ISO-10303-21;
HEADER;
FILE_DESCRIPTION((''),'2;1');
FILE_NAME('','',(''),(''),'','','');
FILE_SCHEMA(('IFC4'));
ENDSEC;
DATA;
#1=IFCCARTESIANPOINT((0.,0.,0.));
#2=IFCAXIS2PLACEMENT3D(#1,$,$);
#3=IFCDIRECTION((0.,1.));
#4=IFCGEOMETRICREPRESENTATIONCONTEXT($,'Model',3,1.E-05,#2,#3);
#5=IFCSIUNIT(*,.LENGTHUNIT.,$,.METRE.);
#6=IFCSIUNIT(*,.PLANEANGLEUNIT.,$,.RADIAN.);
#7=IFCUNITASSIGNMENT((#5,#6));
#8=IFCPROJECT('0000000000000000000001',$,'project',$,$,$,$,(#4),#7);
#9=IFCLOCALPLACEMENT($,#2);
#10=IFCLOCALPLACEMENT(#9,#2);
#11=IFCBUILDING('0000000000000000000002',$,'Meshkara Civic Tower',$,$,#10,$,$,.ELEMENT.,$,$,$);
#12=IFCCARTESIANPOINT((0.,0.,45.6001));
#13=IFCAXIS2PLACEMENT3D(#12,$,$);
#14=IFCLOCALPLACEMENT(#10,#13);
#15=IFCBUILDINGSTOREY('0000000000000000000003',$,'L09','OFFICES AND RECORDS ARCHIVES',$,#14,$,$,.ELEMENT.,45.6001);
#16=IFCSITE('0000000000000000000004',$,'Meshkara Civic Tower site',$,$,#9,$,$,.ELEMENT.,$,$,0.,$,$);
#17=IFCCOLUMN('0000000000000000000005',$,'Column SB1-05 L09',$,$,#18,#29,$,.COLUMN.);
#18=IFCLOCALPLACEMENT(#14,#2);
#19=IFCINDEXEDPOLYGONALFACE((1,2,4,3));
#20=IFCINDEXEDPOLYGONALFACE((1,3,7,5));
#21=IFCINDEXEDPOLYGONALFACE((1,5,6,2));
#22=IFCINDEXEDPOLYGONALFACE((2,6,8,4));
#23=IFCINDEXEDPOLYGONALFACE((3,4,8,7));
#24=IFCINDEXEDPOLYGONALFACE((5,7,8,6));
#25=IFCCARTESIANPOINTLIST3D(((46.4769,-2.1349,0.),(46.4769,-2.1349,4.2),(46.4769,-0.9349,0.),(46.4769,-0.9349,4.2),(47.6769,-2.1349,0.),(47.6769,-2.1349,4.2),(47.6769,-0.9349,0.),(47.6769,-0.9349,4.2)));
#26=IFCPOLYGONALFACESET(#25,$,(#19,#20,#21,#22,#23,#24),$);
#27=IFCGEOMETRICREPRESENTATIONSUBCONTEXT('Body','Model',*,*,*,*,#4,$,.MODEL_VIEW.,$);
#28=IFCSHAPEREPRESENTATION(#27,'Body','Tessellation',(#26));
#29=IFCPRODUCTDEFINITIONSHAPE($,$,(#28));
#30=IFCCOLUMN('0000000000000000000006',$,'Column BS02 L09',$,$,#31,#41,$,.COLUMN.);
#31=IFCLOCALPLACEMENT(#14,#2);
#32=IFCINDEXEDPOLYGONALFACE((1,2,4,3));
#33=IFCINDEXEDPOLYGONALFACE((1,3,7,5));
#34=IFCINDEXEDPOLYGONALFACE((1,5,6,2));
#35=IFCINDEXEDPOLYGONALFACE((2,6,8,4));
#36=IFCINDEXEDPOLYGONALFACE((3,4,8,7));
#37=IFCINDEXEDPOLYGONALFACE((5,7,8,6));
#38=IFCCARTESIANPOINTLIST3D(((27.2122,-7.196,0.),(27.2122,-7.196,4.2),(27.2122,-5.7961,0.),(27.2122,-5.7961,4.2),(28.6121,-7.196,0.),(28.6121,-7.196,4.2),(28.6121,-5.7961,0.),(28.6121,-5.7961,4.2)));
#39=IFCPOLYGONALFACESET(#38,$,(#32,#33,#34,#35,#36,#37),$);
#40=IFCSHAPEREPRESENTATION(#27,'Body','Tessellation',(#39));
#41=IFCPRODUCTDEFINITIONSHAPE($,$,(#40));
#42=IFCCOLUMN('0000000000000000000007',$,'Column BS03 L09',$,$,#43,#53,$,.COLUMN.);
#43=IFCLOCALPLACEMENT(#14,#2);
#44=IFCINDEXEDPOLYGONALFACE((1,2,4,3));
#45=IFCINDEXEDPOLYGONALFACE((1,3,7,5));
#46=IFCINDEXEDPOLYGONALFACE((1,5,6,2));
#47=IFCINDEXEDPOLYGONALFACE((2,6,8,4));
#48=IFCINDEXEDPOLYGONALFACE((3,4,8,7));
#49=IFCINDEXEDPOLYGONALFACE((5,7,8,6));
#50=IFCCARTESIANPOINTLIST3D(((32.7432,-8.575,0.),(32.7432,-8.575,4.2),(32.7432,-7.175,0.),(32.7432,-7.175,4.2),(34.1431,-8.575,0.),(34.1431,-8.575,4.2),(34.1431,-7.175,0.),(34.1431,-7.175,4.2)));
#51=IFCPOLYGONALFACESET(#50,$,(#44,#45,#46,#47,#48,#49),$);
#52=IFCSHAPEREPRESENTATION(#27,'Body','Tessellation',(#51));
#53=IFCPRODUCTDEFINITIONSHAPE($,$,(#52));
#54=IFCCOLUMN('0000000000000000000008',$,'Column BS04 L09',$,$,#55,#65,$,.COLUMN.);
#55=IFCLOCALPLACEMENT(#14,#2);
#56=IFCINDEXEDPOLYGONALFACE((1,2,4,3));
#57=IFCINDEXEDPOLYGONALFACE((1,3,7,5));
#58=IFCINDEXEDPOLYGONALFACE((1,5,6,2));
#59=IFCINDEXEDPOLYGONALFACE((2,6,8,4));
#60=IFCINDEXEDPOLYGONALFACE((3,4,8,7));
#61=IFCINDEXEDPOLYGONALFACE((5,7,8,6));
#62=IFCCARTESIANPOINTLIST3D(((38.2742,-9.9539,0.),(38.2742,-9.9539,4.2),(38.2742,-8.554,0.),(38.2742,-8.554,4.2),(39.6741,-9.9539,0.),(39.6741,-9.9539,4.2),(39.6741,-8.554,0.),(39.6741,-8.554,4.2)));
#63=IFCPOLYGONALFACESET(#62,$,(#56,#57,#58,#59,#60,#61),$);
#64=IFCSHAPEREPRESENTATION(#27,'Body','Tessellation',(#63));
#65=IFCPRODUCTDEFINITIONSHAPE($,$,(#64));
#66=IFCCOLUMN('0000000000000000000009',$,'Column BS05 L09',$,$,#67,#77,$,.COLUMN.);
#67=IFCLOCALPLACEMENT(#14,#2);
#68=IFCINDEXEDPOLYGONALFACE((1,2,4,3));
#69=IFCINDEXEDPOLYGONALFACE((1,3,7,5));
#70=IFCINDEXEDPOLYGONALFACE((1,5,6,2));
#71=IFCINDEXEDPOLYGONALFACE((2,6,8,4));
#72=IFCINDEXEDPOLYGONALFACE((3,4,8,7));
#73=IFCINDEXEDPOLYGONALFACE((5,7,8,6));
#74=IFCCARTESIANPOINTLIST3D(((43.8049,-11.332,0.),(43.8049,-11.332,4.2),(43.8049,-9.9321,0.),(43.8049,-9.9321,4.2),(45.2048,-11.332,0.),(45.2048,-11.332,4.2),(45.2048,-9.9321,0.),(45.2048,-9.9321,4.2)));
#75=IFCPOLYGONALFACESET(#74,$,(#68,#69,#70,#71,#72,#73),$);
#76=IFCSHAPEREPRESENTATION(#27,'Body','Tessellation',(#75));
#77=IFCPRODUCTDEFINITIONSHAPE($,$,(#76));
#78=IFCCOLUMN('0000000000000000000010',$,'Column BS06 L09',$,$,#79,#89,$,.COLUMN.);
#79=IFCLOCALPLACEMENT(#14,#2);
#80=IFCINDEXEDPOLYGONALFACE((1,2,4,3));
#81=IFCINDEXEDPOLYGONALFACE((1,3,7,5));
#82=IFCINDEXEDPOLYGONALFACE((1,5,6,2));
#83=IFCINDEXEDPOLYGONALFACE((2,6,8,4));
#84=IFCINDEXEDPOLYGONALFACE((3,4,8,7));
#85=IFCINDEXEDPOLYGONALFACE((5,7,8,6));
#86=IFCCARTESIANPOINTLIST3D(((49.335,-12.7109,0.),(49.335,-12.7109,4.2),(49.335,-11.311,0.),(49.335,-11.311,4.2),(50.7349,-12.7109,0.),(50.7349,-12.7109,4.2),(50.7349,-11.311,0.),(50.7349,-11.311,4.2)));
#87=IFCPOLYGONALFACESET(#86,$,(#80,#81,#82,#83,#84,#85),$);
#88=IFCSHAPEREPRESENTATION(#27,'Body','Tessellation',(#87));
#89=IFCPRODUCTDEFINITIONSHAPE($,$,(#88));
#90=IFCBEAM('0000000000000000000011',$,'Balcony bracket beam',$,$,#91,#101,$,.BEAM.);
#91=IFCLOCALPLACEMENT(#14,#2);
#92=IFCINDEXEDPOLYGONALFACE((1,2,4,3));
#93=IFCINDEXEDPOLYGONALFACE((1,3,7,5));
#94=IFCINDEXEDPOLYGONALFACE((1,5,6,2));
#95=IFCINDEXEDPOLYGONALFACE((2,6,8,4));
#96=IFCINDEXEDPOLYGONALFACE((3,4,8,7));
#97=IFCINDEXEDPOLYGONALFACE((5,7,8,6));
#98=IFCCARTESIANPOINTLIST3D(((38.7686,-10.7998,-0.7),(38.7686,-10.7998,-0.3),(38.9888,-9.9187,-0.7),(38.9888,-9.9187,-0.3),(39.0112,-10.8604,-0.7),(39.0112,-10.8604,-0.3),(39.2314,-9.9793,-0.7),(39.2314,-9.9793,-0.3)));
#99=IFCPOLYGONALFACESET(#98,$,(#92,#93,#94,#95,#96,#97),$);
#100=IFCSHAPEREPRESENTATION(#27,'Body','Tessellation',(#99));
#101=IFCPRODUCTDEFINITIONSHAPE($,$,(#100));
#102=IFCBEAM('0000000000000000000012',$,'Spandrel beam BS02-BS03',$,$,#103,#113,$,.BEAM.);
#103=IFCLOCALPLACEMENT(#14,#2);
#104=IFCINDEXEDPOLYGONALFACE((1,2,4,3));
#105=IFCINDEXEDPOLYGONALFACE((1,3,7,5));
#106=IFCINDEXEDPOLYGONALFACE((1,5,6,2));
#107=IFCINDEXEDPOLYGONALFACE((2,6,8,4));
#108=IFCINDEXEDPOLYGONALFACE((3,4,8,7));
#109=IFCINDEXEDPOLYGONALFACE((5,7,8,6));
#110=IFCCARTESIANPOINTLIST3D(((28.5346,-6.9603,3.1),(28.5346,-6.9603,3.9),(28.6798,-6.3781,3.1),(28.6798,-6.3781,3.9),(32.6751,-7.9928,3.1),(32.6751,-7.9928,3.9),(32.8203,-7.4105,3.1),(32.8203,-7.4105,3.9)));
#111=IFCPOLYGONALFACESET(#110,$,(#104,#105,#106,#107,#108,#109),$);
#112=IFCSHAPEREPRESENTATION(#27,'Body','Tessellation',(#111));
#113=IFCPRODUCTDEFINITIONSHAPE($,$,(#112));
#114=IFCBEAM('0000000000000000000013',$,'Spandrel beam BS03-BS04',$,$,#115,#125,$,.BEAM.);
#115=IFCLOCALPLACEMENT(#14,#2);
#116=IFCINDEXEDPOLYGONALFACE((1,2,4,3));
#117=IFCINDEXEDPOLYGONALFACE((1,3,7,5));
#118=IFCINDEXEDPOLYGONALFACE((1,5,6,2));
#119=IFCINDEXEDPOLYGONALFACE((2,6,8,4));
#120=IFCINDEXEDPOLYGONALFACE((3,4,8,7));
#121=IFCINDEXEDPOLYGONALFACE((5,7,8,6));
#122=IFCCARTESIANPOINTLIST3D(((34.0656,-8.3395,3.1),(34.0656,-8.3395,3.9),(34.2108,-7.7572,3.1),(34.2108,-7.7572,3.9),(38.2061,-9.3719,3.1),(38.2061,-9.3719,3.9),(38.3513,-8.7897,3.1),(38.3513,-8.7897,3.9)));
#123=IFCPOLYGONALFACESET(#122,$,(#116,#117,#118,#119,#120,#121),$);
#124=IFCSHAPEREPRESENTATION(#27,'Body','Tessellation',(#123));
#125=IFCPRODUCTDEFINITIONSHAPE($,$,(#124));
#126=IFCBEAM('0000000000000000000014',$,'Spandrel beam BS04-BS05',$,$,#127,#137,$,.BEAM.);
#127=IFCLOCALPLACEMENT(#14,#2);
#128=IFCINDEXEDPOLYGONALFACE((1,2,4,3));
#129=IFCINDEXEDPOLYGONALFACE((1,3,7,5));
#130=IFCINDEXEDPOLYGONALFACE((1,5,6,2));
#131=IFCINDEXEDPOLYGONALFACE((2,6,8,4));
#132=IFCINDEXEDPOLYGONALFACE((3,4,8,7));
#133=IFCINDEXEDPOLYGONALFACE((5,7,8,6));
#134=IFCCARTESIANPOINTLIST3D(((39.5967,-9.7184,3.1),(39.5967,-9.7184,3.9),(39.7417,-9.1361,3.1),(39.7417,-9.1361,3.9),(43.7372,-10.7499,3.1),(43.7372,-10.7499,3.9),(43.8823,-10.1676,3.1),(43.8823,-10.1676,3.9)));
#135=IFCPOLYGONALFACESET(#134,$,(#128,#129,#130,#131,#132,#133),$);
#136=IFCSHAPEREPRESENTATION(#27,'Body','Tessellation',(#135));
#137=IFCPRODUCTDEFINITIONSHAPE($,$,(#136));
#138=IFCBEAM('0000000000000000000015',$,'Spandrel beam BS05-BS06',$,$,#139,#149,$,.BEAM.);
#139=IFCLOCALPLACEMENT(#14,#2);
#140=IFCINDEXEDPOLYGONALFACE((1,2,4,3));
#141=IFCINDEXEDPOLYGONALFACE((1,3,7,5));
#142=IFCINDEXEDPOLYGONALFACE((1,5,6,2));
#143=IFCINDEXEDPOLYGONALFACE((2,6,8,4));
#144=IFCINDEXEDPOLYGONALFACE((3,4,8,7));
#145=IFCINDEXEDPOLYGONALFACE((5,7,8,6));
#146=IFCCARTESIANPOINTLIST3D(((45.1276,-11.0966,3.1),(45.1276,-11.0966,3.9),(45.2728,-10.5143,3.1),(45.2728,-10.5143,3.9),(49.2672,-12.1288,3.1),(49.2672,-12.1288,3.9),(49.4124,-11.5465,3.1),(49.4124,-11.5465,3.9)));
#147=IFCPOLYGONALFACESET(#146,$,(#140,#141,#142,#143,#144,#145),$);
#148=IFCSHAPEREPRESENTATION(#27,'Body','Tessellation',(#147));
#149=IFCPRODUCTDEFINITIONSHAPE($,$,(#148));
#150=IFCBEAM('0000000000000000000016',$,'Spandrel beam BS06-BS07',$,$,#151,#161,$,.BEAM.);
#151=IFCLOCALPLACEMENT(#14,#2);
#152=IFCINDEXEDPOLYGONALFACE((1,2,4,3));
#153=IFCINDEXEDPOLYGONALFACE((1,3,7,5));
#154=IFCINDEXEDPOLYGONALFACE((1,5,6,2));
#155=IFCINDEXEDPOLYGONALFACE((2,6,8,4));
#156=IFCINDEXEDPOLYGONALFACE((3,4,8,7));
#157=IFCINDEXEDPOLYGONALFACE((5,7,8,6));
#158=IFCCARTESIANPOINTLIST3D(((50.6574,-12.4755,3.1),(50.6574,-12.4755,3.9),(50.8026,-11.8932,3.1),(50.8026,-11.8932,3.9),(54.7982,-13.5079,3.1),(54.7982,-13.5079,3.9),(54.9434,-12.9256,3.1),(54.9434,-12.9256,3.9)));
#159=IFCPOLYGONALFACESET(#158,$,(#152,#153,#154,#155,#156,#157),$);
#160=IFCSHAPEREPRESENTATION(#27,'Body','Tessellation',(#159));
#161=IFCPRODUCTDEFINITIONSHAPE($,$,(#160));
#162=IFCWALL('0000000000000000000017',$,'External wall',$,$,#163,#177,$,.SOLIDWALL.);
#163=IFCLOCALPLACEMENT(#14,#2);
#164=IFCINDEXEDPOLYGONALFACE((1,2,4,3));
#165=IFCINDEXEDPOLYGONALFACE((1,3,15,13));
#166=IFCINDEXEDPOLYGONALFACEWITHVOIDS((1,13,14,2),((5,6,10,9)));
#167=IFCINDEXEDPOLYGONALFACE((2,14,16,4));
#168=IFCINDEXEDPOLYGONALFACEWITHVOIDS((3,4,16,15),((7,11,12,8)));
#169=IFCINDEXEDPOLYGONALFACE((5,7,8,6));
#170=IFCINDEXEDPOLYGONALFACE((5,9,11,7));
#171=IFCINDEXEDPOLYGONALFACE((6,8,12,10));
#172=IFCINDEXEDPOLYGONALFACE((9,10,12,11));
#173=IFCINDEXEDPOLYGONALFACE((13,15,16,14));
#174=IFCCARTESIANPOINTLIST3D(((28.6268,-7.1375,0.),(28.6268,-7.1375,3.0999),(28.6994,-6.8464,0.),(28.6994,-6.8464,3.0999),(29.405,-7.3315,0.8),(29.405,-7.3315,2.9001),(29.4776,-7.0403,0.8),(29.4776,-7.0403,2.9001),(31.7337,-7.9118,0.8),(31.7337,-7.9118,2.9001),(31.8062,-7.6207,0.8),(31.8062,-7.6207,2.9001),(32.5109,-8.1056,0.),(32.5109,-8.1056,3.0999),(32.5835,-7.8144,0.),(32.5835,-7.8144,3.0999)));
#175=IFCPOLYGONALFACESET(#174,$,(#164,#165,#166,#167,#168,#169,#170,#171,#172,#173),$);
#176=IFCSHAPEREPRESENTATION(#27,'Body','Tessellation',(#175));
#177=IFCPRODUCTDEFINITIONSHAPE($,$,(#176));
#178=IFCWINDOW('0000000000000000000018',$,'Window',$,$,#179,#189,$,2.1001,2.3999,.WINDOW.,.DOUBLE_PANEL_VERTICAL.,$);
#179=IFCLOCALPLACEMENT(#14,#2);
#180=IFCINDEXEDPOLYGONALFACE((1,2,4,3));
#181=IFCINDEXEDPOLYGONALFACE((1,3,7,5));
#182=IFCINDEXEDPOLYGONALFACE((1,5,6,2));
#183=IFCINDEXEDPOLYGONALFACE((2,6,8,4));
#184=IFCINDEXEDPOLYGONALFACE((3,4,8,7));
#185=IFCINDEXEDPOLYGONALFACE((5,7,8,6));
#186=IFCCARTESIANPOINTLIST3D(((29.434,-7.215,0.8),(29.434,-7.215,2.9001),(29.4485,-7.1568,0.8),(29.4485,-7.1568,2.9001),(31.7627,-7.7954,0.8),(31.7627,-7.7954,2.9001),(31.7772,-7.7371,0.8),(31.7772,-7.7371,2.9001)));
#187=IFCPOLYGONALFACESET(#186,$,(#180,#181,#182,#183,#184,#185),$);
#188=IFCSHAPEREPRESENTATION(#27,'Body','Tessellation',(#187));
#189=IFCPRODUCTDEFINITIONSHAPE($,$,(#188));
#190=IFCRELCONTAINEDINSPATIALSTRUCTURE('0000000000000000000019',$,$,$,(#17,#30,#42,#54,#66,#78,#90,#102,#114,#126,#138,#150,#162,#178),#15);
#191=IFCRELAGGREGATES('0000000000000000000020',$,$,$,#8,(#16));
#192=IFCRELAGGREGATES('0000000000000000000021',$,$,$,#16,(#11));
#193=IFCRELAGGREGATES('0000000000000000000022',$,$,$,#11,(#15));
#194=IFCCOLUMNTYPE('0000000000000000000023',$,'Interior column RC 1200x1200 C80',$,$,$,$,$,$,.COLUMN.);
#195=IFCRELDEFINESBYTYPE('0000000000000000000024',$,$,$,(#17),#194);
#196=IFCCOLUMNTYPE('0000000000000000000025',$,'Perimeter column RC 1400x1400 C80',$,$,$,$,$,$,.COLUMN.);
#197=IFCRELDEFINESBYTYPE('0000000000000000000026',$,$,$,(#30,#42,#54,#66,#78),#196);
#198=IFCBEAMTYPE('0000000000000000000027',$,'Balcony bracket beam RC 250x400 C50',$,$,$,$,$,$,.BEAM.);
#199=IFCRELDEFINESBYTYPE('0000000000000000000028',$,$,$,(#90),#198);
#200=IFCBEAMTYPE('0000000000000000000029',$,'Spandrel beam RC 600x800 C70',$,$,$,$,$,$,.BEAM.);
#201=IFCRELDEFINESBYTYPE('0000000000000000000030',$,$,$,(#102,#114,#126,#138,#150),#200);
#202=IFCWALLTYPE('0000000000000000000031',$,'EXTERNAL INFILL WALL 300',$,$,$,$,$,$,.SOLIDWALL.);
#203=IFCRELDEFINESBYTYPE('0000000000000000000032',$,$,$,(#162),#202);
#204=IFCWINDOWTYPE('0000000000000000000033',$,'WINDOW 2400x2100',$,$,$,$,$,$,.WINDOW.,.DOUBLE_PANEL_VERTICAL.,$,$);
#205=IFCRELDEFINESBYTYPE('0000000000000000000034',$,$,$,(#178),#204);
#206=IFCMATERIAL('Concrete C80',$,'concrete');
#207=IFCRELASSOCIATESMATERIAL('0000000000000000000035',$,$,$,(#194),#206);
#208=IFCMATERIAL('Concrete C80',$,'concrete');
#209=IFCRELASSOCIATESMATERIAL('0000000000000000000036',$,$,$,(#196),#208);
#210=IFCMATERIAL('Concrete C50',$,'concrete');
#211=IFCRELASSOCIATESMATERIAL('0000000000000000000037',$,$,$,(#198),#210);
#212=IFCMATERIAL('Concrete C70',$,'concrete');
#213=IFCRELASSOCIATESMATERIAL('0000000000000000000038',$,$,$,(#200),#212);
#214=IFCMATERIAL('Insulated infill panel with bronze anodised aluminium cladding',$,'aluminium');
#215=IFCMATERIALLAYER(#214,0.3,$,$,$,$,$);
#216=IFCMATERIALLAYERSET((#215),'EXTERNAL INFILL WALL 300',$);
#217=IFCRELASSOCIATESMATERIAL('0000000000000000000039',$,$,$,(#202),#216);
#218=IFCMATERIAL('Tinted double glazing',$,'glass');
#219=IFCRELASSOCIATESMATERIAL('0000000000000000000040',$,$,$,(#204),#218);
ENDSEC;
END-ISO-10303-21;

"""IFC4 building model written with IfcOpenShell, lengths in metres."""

from ifc_helpers import new_model, si_unit, direction, frame, frame_2d, origin, origin_2d, place, context, subcontext, project, spatial, rectangle, extrude, material, layer, layer_set, material_profile, profile_set, type_object, element, fill, save


model = new_model("IFC4")

# Units and contexts
model_context = context("Model", 3, precision=1e-05, world=origin(), true_north=direction((0.0, 1.0)))
body_context = subcontext(model_context, "Body", "Model", "MODEL_VIEW")
ifc_project = project(units=[si_unit("LENGTHUNIT", "METRE"), si_unit("PLANEANGLEUNIT", "RADIAN")], contexts=[model_context])

# Site, building, storey
site_placement = place(None, origin())
site = spatial("IfcSite", under=ifc_project, at=site_placement, Name="Meshkara Civic Tower site", CompositionType="ELEMENT", RefElevation=0.0)
building_placement = place(site_placement, origin())
building = spatial("IfcBuilding", under=site, at=building_placement, Name="Meshkara Civic Tower", CompositionType="ELEMENT")
storey_placement = place(building_placement, frame((0.0, 0.0, 45.6001)))
storey = spatial("IfcBuildingStorey", under=building, at=storey_placement, Name="L09", Description="OFFICES AND RECORDS ARCHIVES", CompositionType="ELEMENT", Elevation=45.6001)

# Columns
ifc_material_1 = material(Name="Concrete C80", Category="concrete")
ifc_material_profile_1 = material_profile(ifc_material_1, rectangle(XDim=1.2, YDim=1.2, at=origin_2d()))
ifc_profile_set_1 = profile_set([ifc_material_profile_1], Name="Concrete C80")
column_type_1 = type_object("IfcColumnType", Name="Interior column RC 1200x1200 C80", PredefinedType="COLUMN", material=ifc_profile_set_1)
column_placement = place(storey_placement, frame((47.0769, -1.5349, 0.0), z_axis=(0.0, 0.0, 1.0), x_axis=(1.0, 0.0, 0.0)))
element("IfcColumn", 1, at=column_placement, inside=storey, type_object=column_type_1, Name="Column SB1-05 L09", PredefinedType="COLUMN", context=body_context, shape_type="SweptSolid", body=[
    extrude(rectangle(XDim=1.2, YDim=1.2, at=origin_2d()), origin(), (0.0, 0.0, 1.0), 4.2),
])
ifc_material_2 = material(Name="Concrete C80", Category="concrete")
ifc_material_profile_2 = material_profile(ifc_material_2, rectangle(XDim=1.3999, YDim=1.3999, at=origin_2d()))
ifc_profile_set_2 = profile_set([ifc_material_profile_2], Name="Concrete C80")
column_type_2 = type_object("IfcColumnType", Name="Perimeter column RC 1400x1400 C80", PredefinedType="COLUMN", material=ifc_profile_set_2)
for number, where, z_axis, x_axis, name in (
    (2, (27.9121, -6.4961, 0.0), (0.0, 0.0, 1.0), (1.0, 0.0, 0.0), "Column BS02 L09"),
    (3, (33.4431, -7.875, 0.0), (0.0, 0.0, 1.0), (1.0, 0.0, 0.0), "Column BS03 L09"),
    (4, (38.9741, -9.2539, 0.0), (0.0, 0.0, 1.0), (1.0, 0.0, 0.0), "Column BS04 L09"),
    (5, (44.5049, -10.6321, 0.0), (0.0, 0.0, 1.0), (1.0, 0.0, 0.0), "Column BS05 L09"),
    (6, (50.0349, -12.011, 0.0), (0.0, 0.0, 1.0), (1.0, 0.0, 0.0), "Column BS06 L09"),
):
    element("IfcColumn", number, at=place(storey_placement, frame(where, z_axis=z_axis, x_axis=x_axis)), inside=storey, type_object=column_type_2, Name=name, PredefinedType="COLUMN", context=body_context, shape_type="SweptSolid", body=[
        extrude(rectangle(XDim=1.3999, YDim=1.3999, at=origin_2d()), origin(), (0.0, 0.0, 1.0), 4.2),
    ])

# Beams
ifc_material_3 = material(Name="Concrete C50", Category="concrete")
ifc_material_profile_3 = material_profile(ifc_material_3, rectangle(XDim=0.25, YDim=0.3999, at=origin_2d()))
ifc_profile_set_3 = profile_set([ifc_material_profile_3], Name="Concrete C50")
beam_type_1 = type_object("IfcBeamType", Name="Balcony bracket beam RC 250x400 C50", PredefinedType="BEAM", material=ifc_profile_set_3)
beam_1_placement = place(storey_placement, frame((39.1101, -9.949, -0.5), z_axis=(-0.242472, -0.970158, 0.0), x_axis=(0.970158, -0.242472, 0.0)))
element("IfcBeam", 7, at=beam_1_placement, inside=storey, type_object=beam_type_1, Name="Balcony bracket beam", PredefinedType="BEAM", context=body_context, shape_type="SweptSolid", body=[
    extrude(rectangle(XDim=0.25, YDim=0.3999, at=origin_2d()), origin(), (0.0, 0.0, 1.0), 0.9082),
])
ifc_material_4 = material(Name="Concrete C70", Category="concrete")
ifc_material_profile_4 = material_profile(ifc_material_4, rectangle(XDim=0.6001, YDim=0.8, at=origin_2d()))
ifc_profile_set_4 = profile_set([ifc_material_profile_4], Name="Concrete C70")
beam_type_2 = type_object("IfcBeamType", Name="Spandrel beam RC 600x800 C70", PredefinedType="BEAM", material=ifc_profile_set_4)
for number, where, z_axis, x_axis, name in (
    (8, (28.6072, -6.6692, 3.5), (0.97029, -0.241943, 0.0), (0.241943, 0.97029, 0.0), "Spandrel beam BS02-BS03"),
    (9, (34.1382, -8.0483, 3.5), (0.97029, -0.241943, 0.0), (0.241943, 0.97029, 0.0), "Spandrel beam BS03-BS04"),
):
    element("IfcBeam", number, at=place(storey_placement, frame(where, z_axis=z_axis, x_axis=x_axis)), inside=storey, type_object=beam_type_2, Name=name, PredefinedType="BEAM", context=body_context, shape_type="SweptSolid", body=[
        extrude(rectangle(XDim=0.6001, YDim=0.8, at=origin_2d()), origin(), (0.0, 0.0, 1.0), 4.2673),
    ])
beam_2_placement = place(storey_placement, frame((39.6692, -9.4272, 3.5), z_axis=(0.970344, -0.241728, 0.0), x_axis=(0.241728, 0.970344, 0.0)))
element("IfcBeam", 10, at=beam_2_placement, inside=storey, type_object=beam_type_2, Name="Spandrel beam BS04-BS05", PredefinedType="BEAM", context=body_context, shape_type="SweptSolid", body=[
    extrude(rectangle(XDim=0.6001, YDim=0.8, at=origin_2d()), origin(), (0.0, 0.0, 1.0), 4.2671),
])
beam_3_placement = place(storey_placement, frame((45.2002, -10.8054, 3.5), z_axis=(0.97029, -0.241943, 0.0), x_axis=(0.241943, 0.97029, 0.0)))
element("IfcBeam", 11, at=beam_3_placement, inside=storey, type_object=beam_type_2, Name="Spandrel beam BS05-BS06", PredefinedType="BEAM", context=body_context, shape_type="SweptSolid", body=[
    extrude(rectangle(XDim=0.6001, YDim=0.8, at=origin_2d()), origin(), (0.0, 0.0, 1.0), 4.2664),
])
beam_4_placement = place(storey_placement, frame((50.73, -12.1843, 3.5), z_axis=(0.970294, -0.24193, 0.0), x_axis=(0.24193, 0.970294, 0.0)))
element("IfcBeam", 12, at=beam_4_placement, inside=storey, type_object=beam_type_2, Name="Spandrel beam BS06-BS07", PredefinedType="BEAM", context=body_context, shape_type="SweptSolid", body=[
    extrude(rectangle(XDim=0.6001, YDim=0.8, at=origin_2d()), origin(), (0.0, 0.0, 1.0), 4.2676),
])

# Wall, opening, window
ifc_material_5 = material(Name="Insulated infill panel with bronze anodised aluminium cladding", Category="aluminium")
ifc_layer_1 = layer(ifc_material_5, 0.3)
ifc_layer_set_1 = layer_set([ifc_layer_1], Name="EXTERNAL INFILL WALL 300")
wall_type_1 = type_object("IfcWallType", Name="EXTERNAL INFILL WALL 300", PredefinedType="SOLIDWALL", material=ifc_layer_set_1)
wall_1_placement = place(storey_placement, frame((28.6631, -6.9919, 0.0), z_axis=(0.0, 0.0, 1.0), x_axis=(0.970318, -0.241832, 0.0)))
wall_1 = element("IfcWall", 13, at=wall_1_placement, inside=storey, type_object=wall_type_1, Name="External wall", PredefinedType="SOLIDWALL", context=body_context, shape_type="SweptSolid", body=[
    extrude(rectangle(XDim=4.0029, YDim=0.3, at=frame_2d((2.0015, 0.0))), origin(), (0.0, 0.0, 1.0), 3.0999),
])
opening_1_placement = place(wall_1_placement, frame((0.802, 0.0, 0.8)))
opening_1 = element("IfcOpeningElement", 14, at=opening_1_placement, cuts=wall_1, PredefinedType="OPENING", context=body_context, shape_type="SweptSolid", body=[
    extrude(rectangle(XDim=2.3999, YDim=2.1001, at=frame_2d((1.2, 1.05))), frame((0.0, 0.1599, 0.0), z_axis=(0.0, -1.0, 0.0), x_axis=(1.0, 0.0, 0.0)), (0.0, 0.0, 1.0), 0.3201),
])
ifc_material_6 = material(Name="Tinted double glazing", Category="glass")
window_type = type_object("IfcWindowType", Name="WINDOW 2400x2100", PartitioningType="DOUBLE_PANEL_VERTICAL", PredefinedType="WINDOW", material=ifc_material_6)
window_1_placement = place(opening_1_placement, origin())
window_1 = element("IfcWindow", 15, at=window_1_placement, inside=storey, type_object=window_type, Name="Window", OverallHeight=2.1001, OverallWidth=2.3999, PartitioningType="DOUBLE_PANEL_VERTICAL", PredefinedType="WINDOW", context=body_context, shape_type="SweptSolid", body=[
    extrude(rectangle(XDim=2.3999, YDim=2.1001, at=frame_2d((1.2, 1.05))), frame((0.0, 0.03, 0.0), z_axis=(0.0, -1.0, 0.0), x_axis=(1.0, 0.0, 0.0)), (0.0, 0.0, 1.0), 0.0601),
])
fill(opening_1, window_1)

save(model, "model.ifc")
